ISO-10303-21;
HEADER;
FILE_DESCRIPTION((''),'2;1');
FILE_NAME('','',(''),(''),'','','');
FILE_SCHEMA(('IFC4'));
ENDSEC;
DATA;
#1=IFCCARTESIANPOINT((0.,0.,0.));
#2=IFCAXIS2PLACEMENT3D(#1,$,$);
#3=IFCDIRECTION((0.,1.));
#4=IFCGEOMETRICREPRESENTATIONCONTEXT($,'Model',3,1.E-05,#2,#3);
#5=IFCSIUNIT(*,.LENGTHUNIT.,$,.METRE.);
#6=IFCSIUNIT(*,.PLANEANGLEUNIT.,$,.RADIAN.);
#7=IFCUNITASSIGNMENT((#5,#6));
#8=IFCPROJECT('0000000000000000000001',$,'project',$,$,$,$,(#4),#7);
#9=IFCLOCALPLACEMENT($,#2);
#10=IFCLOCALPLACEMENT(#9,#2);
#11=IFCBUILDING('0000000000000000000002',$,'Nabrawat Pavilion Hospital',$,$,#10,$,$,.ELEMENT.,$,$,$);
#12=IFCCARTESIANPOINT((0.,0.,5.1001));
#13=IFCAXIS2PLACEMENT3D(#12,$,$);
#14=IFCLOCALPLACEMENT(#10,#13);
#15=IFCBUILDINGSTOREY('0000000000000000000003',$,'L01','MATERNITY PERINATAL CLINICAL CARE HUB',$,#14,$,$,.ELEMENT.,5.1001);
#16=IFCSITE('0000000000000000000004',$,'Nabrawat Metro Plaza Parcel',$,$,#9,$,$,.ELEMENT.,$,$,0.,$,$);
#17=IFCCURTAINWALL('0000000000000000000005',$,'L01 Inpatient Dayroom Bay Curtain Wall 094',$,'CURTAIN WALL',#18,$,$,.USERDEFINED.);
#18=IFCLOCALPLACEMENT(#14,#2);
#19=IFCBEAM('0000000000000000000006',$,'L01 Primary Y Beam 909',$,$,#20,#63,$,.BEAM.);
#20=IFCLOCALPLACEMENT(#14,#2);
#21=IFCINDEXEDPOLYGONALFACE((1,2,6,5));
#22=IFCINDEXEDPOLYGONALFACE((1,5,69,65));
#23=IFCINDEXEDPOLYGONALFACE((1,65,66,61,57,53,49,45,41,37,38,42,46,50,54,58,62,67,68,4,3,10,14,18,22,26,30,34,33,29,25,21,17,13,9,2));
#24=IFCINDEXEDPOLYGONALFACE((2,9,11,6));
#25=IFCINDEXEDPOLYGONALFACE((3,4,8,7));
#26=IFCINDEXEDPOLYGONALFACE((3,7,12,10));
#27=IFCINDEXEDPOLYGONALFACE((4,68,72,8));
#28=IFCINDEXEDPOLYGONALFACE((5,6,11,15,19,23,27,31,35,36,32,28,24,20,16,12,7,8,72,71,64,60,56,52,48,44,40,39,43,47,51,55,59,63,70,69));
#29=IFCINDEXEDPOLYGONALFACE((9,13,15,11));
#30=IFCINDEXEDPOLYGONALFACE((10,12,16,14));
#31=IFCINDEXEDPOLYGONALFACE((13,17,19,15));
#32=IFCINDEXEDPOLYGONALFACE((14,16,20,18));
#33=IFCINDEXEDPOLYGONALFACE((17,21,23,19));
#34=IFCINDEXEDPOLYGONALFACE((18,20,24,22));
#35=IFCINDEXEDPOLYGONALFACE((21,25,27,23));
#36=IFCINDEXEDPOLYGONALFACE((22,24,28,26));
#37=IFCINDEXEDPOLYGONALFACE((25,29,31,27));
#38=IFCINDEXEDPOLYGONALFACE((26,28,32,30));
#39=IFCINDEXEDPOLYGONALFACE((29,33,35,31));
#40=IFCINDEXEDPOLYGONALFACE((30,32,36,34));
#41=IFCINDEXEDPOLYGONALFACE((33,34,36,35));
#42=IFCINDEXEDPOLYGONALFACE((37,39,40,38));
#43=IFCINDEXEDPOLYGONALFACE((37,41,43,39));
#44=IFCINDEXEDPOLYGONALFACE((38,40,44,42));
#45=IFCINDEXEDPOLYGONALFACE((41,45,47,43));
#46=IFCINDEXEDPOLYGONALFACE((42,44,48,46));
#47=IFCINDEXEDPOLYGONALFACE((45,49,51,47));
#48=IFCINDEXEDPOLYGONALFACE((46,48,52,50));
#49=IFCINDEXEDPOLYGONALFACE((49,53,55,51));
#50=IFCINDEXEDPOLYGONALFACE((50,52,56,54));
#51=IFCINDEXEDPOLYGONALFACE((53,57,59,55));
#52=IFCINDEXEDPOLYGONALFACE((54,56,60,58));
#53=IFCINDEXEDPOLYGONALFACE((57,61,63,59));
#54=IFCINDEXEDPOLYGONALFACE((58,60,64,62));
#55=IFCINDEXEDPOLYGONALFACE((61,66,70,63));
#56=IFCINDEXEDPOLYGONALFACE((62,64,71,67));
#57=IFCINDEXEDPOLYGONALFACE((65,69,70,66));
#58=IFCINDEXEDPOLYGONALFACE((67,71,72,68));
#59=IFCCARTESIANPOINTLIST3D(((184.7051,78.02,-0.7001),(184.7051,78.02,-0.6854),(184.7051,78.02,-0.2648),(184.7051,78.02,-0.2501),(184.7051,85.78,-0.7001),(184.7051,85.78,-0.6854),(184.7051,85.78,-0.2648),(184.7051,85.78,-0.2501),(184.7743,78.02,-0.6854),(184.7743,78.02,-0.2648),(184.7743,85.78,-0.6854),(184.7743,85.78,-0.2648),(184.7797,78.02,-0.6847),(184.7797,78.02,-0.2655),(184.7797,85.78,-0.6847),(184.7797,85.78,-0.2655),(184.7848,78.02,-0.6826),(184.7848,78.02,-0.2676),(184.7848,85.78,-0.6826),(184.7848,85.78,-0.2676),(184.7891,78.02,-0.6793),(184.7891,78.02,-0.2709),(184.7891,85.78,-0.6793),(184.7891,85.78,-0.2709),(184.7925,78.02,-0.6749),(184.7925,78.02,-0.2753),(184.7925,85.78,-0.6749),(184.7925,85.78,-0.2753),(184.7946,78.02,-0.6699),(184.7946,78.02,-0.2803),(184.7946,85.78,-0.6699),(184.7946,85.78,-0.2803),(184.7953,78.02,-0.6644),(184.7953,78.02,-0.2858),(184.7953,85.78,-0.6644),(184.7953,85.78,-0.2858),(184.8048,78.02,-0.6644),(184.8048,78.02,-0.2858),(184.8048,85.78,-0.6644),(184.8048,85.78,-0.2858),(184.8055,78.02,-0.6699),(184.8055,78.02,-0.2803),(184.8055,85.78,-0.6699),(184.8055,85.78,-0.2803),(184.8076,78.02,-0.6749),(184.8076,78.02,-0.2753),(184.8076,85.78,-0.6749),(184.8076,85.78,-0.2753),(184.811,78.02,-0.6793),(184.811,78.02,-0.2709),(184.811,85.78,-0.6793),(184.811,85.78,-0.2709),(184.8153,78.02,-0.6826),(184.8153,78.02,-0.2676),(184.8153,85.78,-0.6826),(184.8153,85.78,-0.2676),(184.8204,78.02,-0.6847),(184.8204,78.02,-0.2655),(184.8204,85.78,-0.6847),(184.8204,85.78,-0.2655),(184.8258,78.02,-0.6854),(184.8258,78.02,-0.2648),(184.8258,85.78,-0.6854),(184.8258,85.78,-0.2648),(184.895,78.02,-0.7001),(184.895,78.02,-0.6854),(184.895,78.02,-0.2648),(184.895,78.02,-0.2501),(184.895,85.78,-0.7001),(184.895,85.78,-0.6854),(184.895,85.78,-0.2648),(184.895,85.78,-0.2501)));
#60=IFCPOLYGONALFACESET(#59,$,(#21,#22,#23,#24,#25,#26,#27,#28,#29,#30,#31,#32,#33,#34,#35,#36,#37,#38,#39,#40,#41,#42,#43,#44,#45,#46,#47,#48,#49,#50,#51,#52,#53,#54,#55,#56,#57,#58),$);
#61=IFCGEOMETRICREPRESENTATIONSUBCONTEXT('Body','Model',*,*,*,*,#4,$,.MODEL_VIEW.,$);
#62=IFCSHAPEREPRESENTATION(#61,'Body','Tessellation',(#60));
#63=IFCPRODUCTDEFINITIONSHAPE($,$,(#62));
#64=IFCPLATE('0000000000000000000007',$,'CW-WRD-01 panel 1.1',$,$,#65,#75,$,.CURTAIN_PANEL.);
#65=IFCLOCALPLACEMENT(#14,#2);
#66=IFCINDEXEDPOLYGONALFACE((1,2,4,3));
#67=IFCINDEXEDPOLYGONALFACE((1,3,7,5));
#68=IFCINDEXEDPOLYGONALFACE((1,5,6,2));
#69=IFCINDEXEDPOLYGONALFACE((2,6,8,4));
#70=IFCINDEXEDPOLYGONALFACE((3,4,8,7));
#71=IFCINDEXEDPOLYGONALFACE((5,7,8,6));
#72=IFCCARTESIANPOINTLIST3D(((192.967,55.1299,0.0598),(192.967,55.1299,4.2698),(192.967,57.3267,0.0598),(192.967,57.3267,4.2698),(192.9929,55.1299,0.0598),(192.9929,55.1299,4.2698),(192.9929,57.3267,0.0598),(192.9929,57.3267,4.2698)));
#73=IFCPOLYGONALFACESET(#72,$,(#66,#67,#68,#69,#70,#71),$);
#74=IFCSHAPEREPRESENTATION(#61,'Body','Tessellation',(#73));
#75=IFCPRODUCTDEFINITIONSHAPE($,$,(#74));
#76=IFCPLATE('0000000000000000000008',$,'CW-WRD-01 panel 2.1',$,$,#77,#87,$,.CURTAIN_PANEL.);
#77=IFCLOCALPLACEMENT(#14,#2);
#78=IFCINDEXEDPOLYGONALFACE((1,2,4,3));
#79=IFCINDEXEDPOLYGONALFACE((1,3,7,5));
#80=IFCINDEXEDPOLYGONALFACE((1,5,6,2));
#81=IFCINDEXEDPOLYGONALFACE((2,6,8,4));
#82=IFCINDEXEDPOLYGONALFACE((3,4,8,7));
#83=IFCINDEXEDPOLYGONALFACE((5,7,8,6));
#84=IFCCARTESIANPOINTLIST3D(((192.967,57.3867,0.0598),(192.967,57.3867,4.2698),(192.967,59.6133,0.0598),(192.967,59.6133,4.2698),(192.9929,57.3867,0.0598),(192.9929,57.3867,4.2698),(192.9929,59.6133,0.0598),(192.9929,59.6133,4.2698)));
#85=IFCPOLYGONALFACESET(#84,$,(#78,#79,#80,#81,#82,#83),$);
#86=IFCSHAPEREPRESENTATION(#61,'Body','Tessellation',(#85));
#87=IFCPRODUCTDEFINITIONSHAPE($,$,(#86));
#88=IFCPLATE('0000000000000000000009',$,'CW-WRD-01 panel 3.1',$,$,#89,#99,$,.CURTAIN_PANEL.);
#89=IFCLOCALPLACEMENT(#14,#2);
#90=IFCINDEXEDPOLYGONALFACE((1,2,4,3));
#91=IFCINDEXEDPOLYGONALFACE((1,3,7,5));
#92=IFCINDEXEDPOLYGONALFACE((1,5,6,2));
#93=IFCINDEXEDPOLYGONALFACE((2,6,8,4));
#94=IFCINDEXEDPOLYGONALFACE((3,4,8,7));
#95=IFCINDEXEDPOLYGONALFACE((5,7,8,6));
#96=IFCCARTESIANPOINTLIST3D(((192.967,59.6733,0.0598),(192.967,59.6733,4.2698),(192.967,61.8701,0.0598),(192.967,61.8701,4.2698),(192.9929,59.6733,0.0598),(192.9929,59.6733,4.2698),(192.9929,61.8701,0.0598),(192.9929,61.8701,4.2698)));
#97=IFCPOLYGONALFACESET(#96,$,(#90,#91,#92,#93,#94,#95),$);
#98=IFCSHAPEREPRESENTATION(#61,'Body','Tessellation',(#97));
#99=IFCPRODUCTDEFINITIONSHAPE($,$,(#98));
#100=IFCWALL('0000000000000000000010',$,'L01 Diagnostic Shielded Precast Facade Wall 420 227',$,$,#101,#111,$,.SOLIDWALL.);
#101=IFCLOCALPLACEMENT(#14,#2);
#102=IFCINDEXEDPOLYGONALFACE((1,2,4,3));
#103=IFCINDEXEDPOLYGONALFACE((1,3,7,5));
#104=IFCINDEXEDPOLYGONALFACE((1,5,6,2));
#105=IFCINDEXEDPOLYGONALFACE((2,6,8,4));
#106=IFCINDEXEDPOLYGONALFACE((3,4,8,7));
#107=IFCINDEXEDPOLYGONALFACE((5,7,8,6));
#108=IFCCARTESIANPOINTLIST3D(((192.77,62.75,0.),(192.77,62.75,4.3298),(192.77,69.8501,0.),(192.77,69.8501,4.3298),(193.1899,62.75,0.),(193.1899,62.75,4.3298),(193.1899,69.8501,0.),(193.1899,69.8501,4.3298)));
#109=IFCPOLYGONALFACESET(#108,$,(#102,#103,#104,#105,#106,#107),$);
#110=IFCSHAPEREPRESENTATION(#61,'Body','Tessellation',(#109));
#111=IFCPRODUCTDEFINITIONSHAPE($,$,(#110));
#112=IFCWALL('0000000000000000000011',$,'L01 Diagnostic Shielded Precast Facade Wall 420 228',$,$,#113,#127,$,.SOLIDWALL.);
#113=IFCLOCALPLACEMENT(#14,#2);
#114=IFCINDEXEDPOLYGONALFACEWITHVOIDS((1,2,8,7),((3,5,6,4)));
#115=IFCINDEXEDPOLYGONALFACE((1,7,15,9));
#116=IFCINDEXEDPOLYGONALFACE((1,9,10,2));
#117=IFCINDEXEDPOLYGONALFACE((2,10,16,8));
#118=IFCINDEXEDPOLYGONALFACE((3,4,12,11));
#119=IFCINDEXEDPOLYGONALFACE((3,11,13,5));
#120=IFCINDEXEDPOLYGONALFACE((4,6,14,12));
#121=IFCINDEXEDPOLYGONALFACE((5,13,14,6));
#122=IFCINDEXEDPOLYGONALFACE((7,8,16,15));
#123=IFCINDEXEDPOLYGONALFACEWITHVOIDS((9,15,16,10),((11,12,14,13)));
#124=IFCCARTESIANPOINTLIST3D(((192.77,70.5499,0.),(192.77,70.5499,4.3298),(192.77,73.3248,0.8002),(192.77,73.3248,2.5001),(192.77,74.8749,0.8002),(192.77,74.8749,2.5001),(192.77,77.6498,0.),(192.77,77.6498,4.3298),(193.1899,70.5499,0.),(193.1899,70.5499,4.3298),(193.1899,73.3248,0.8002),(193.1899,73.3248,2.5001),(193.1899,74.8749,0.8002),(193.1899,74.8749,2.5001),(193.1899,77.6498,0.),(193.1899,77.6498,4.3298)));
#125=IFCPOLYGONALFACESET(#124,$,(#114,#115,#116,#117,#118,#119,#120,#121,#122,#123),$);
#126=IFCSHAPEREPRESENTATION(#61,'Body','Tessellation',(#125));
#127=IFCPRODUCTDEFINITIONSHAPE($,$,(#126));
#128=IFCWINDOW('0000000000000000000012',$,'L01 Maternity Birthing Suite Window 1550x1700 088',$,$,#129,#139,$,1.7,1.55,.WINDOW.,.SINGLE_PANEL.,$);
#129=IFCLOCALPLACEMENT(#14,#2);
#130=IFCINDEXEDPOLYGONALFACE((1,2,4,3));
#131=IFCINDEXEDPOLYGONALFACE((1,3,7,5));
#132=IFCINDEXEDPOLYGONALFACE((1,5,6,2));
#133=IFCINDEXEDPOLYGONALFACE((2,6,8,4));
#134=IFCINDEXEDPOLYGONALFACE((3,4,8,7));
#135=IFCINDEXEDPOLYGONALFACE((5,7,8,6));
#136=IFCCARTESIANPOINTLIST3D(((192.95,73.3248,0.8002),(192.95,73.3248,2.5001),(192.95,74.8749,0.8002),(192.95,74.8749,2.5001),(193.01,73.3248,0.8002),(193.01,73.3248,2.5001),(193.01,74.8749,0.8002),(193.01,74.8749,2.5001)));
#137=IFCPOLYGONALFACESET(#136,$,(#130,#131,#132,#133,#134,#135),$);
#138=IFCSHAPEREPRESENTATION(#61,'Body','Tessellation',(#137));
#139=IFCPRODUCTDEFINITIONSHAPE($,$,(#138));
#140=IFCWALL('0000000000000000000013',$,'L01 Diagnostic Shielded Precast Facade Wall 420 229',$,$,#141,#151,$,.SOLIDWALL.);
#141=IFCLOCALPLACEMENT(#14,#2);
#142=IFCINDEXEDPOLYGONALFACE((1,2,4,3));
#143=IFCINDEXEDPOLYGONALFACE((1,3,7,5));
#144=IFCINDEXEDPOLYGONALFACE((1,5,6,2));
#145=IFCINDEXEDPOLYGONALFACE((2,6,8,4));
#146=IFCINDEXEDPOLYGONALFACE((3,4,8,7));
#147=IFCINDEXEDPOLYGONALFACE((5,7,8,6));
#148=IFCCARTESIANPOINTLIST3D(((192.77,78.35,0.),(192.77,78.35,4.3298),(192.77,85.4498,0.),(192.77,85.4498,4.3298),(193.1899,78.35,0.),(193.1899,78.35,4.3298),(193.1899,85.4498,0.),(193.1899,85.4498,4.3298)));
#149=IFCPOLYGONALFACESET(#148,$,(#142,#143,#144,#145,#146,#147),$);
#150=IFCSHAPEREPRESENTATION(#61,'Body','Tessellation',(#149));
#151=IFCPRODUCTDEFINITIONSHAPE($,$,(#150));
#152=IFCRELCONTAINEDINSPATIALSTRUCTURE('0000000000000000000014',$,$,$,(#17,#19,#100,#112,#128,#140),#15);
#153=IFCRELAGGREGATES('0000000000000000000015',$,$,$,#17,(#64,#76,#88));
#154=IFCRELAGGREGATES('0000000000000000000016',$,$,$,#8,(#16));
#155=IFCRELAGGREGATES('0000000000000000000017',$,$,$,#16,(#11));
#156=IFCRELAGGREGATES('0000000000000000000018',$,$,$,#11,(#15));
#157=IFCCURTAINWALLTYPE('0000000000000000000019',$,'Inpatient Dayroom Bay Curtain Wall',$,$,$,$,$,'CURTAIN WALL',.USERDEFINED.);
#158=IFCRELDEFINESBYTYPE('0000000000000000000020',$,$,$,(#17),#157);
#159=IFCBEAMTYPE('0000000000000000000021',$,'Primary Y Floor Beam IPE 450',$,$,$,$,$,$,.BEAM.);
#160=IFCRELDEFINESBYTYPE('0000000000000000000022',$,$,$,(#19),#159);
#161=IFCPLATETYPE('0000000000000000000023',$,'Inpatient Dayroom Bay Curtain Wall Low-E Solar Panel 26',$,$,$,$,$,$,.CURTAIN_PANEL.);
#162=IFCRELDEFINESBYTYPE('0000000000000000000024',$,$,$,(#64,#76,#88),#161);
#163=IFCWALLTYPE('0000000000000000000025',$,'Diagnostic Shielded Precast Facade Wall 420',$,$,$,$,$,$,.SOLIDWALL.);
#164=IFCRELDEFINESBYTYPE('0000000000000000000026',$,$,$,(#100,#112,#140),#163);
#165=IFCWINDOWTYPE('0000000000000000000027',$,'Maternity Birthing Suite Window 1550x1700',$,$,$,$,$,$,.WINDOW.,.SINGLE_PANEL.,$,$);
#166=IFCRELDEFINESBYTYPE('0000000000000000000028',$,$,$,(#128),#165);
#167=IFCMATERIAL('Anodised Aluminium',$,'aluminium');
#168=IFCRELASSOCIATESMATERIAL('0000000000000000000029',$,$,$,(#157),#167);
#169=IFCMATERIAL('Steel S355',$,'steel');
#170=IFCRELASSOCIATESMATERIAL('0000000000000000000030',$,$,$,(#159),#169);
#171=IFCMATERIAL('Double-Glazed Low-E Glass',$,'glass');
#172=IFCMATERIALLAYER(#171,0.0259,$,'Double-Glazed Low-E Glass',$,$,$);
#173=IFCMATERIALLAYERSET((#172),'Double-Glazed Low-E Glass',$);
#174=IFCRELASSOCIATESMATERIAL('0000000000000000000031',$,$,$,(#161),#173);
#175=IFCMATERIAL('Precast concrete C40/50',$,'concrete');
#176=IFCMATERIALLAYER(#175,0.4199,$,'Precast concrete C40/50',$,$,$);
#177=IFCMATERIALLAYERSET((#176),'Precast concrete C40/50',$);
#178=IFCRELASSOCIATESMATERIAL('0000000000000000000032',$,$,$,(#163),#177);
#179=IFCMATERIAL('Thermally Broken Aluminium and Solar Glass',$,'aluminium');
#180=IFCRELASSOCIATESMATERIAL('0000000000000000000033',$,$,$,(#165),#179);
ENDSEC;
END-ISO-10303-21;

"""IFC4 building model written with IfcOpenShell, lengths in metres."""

from ifc_helpers import new_model, si_unit, direction, frame, frame_2d, origin, origin_2d, place, context, subcontext, project, spatial, rectangle, i_section, extrude, material, layer, layer_set, material_profile, profile_set, type_object, element, fill, aggregate, save


model = new_model("IFC4")

# Units and contexts
model_context = context("Model", 3, precision=1e-05, world=origin(), true_north=direction((0.0, 1.0)))
body_context = subcontext(model_context, "Body", "Model", "MODEL_VIEW")
ifc_project = project(units=[si_unit("LENGTHUNIT", "METRE"), si_unit("PLANEANGLEUNIT", "RADIAN")], contexts=[model_context])

# Site, building, storey
site_placement = place(None, origin())
site = spatial("IfcSite", under=ifc_project, at=site_placement, Name="Nabrawat Metro Plaza Parcel", CompositionType="ELEMENT", RefElevation=0.0)
building_placement = place(site_placement, origin())
building = spatial("IfcBuilding", under=site, at=building_placement, Name="Nabrawat Pavilion Hospital", CompositionType="ELEMENT")
storey_placement = place(building_placement, frame((0.0, 0.0, 5.1001)))
storey = spatial("IfcBuildingStorey", under=building, at=storey_placement, Name="L01", Description="MATERNITY PERINATAL CLINICAL CARE HUB", CompositionType="ELEMENT", Elevation=5.1001)

# Shared definitions
ifc_material_1 = material(Name="Steel S355", Category="steel")

# Curtain wall
ifc_material_2 = material(Name="Anodised Aluminium", Category="aluminium")
curtain_wall_type = type_object("IfcCurtainWallType", Name="Inpatient Dayroom Bay Curtain Wall", ElementType="CURTAIN WALL", PredefinedType="USERDEFINED", material=ifc_material_2)
curtain_wall_placement = place(storey_placement, origin())
curtain_wall = element("IfcCurtainWall", 1, at=curtain_wall_placement, inside=storey, type_object=curtain_wall_type, Name="L01 Inpatient Dayroom Bay Curtain Wall 094", ObjectType="CURTAIN WALL", PredefinedType="USERDEFINED")

# Beam
ifc_material_profile_1 = material_profile(ifc_material_1, i_section(OverallWidth=0.1899, OverallDepth=0.45, WebThickness=0.0095, FlangeThickness=0.0146, FilletRadius=0.021, at=origin_2d()), Name="IPE 450")
ifc_profile_set_1 = profile_set([ifc_material_profile_1], Name="Steel S355")
beam_type_1 = type_object("IfcBeamType", Name="Primary Y Floor Beam IPE 450", PredefinedType="BEAM", material=ifc_profile_set_1)
for number, where, z_axis, x_axis, name in (
    (2, (184.8, 78.02, -0.4751), (0.0, 1.0, 0.0), (-1.0, 0.0, 0.0), "L01 Primary Y Beam 909"),
):
    element("IfcBeam", number, at=place(storey_placement, frame(where, z_axis=z_axis, x_axis=x_axis)), inside=storey, type_object=beam_type_1, Name=name, PredefinedType="BEAM", context=body_context, shape_type="SweptSolid", body=[
        extrude(i_section(OverallWidth=0.1899, OverallDepth=0.45, WebThickness=0.0095, FlangeThickness=0.0146, FilletRadius=0.021, at=origin_2d()), origin(), (0.0, 0.0, 1.0), 7.76),
    ])

# Plates
ifc_material_3 = material(Name="Double-Glazed Low-E Glass", Category="glass")
ifc_layer_1 = layer(ifc_material_3, 0.0259, Name="Double-Glazed Low-E Glass")
ifc_layer_set_1 = layer_set([ifc_layer_1], Name="Double-Glazed Low-E Glass")
plate_type = type_object("IfcPlateType", Name="Inpatient Dayroom Bay Curtain Wall Low-E Solar Panel 26", PredefinedType="CURTAIN_PANEL", material=ifc_layer_set_1)
plate_1_placement = place(storey_placement, frame((192.98, 56.2283, 0.0598), z_axis=(0.0, 0.0, 1.0), x_axis=(0.0, 1.0, 0.0)))
plate_1 = element("IfcPlate", 3, at=plate_1_placement, type_object=plate_type, Name="CW-WRD-01 panel 1.1", PredefinedType="CURTAIN_PANEL", context=body_context, shape_type="SweptSolid", body=[
    extrude(rectangle(XDim=2.1968, YDim=0.0259, at=origin_2d()), origin(), (0.0, 0.0, 1.0), 4.21),
])
plate_2_placement = place(storey_placement, frame((192.98, 58.5, 0.0598), z_axis=(0.0, 0.0, 1.0), x_axis=(0.0, 1.0, 0.0)))
plate_2 = element("IfcPlate", 4, at=plate_2_placement, type_object=plate_type, Name="CW-WRD-01 panel 2.1", PredefinedType="CURTAIN_PANEL", context=body_context, shape_type="SweptSolid", body=[
    extrude(rectangle(XDim=2.2266, YDim=0.0259, at=origin_2d()), origin(), (0.0, 0.0, 1.0), 4.21),
])
plate_3_placement = place(storey_placement, frame((192.98, 60.7717, 0.0598), z_axis=(0.0, 0.0, 1.0), x_axis=(0.0, 1.0, 0.0)))
plate_3 = element("IfcPlate", 5, at=plate_3_placement, type_object=plate_type, Name="CW-WRD-01 panel 3.1", PredefinedType="CURTAIN_PANEL", context=body_context, shape_type="SweptSolid", body=[
    extrude(rectangle(XDim=2.1968, YDim=0.0259, at=origin_2d()), origin(), (0.0, 0.0, 1.0), 4.21),
])
aggregate(curtain_wall, [plate_1, plate_2, plate_3])

# Wall
ifc_material_4 = material(Name="Precast concrete C40/50", Category="concrete")
ifc_layer_2 = layer(ifc_material_4, 0.4199, Name="Precast concrete C40/50")
ifc_layer_set_2 = layer_set([ifc_layer_2], Name="Precast concrete C40/50")
wall_type = type_object("IfcWallType", Name="Diagnostic Shielded Precast Facade Wall 420", PredefinedType="SOLIDWALL", material=ifc_layer_set_2)
wall_1_placement = place(storey_placement, frame((192.98, 62.75, 0.0), z_axis=(0.0, 0.0, 1.0), x_axis=(0.0, 1.0, 0.0)))
element("IfcWall", 6, at=wall_1_placement, inside=storey, type_object=wall_type, Name="L01 Diagnostic Shielded Precast Facade Wall 420 227", PredefinedType="SOLIDWALL", context=body_context, shape_type="SweptSolid", body=[
    extrude(rectangle(XDim=7.1001, YDim=0.4199, at=frame_2d((3.55, 0.0))), origin(), (0.0, 0.0, 1.0), 4.3298),
])

# Wall, opening, window
wall_2_placement = place(storey_placement, frame((192.98, 70.55, 0.0), z_axis=(0.0, 0.0, 1.0), x_axis=(0.0, 1.0, 0.0)))
wall_2 = element("IfcWall", 7, at=wall_2_placement, inside=storey, type_object=wall_type, Name="L01 Diagnostic Shielded Precast Facade Wall 420 228", PredefinedType="SOLIDWALL", context=body_context, shape_type="SweptSolid", body=[
    extrude(rectangle(XDim=7.0999, YDim=0.4199, at=frame_2d((3.5498, 0.0))), origin(), (0.0, 0.0, 1.0), 4.3298),
])
opening_placement = place(wall_2_placement, frame((2.7749, 0.0, 0.8)))
opening = element("IfcOpeningElement", 8, at=opening_placement, cuts=wall_2, PredefinedType="OPENING", context=body_context, shape_type="SweptSolid", body=[
    extrude(rectangle(XDim=1.55, YDim=1.7, at=frame_2d((0.7749, 0.8501))), frame((0.0, 0.22, 0.0), z_axis=(0.0, -1.0, 0.0), x_axis=(1.0, 0.0, 0.0)), (0.0, 0.0, 1.0), 0.4399),
])
ifc_material_5 = material(Name="Thermally Broken Aluminium and Solar Glass", Category="aluminium")
window_type = type_object("IfcWindowType", Name="Maternity Birthing Suite Window 1550x1700", PartitioningType="SINGLE_PANEL", PredefinedType="WINDOW", material=ifc_material_5)
window_placement = place(opening_placement, origin())
window = element("IfcWindow", 9, at=window_placement, inside=storey, type_object=window_type, Name="L01 Maternity Birthing Suite Window 1550x1700 088", OverallHeight=1.7, OverallWidth=1.55, PartitioningType="SINGLE_PANEL", PredefinedType="WINDOW", context=body_context, shape_type="SweptSolid", body=[
    extrude(rectangle(XDim=1.55, YDim=1.7, at=frame_2d((0.7749, 0.8501))), frame((0.0, 0.03, 0.0), z_axis=(0.0, -1.0, 0.0), x_axis=(1.0, 0.0, 0.0)), (0.0, 0.0, 1.0), 0.0601),
])
fill(opening, window)

# Wall
wall_3_placement = place(storey_placement, frame((192.98, 78.3501, 0.0), z_axis=(0.0, 0.0, 1.0), x_axis=(0.0, 1.0, 0.0)))
element("IfcWall", 10, at=wall_3_placement, inside=storey, type_object=wall_type, Name="L01 Diagnostic Shielded Precast Facade Wall 420 229", PredefinedType="SOLIDWALL", context=body_context, shape_type="SweptSolid", body=[
    extrude(rectangle(XDim=7.0999, YDim=0.4199, at=frame_2d((3.5498, 0.0))), origin(), (0.0, 0.0, 1.0), 4.3298),
])

save(model, "model.ifc")
